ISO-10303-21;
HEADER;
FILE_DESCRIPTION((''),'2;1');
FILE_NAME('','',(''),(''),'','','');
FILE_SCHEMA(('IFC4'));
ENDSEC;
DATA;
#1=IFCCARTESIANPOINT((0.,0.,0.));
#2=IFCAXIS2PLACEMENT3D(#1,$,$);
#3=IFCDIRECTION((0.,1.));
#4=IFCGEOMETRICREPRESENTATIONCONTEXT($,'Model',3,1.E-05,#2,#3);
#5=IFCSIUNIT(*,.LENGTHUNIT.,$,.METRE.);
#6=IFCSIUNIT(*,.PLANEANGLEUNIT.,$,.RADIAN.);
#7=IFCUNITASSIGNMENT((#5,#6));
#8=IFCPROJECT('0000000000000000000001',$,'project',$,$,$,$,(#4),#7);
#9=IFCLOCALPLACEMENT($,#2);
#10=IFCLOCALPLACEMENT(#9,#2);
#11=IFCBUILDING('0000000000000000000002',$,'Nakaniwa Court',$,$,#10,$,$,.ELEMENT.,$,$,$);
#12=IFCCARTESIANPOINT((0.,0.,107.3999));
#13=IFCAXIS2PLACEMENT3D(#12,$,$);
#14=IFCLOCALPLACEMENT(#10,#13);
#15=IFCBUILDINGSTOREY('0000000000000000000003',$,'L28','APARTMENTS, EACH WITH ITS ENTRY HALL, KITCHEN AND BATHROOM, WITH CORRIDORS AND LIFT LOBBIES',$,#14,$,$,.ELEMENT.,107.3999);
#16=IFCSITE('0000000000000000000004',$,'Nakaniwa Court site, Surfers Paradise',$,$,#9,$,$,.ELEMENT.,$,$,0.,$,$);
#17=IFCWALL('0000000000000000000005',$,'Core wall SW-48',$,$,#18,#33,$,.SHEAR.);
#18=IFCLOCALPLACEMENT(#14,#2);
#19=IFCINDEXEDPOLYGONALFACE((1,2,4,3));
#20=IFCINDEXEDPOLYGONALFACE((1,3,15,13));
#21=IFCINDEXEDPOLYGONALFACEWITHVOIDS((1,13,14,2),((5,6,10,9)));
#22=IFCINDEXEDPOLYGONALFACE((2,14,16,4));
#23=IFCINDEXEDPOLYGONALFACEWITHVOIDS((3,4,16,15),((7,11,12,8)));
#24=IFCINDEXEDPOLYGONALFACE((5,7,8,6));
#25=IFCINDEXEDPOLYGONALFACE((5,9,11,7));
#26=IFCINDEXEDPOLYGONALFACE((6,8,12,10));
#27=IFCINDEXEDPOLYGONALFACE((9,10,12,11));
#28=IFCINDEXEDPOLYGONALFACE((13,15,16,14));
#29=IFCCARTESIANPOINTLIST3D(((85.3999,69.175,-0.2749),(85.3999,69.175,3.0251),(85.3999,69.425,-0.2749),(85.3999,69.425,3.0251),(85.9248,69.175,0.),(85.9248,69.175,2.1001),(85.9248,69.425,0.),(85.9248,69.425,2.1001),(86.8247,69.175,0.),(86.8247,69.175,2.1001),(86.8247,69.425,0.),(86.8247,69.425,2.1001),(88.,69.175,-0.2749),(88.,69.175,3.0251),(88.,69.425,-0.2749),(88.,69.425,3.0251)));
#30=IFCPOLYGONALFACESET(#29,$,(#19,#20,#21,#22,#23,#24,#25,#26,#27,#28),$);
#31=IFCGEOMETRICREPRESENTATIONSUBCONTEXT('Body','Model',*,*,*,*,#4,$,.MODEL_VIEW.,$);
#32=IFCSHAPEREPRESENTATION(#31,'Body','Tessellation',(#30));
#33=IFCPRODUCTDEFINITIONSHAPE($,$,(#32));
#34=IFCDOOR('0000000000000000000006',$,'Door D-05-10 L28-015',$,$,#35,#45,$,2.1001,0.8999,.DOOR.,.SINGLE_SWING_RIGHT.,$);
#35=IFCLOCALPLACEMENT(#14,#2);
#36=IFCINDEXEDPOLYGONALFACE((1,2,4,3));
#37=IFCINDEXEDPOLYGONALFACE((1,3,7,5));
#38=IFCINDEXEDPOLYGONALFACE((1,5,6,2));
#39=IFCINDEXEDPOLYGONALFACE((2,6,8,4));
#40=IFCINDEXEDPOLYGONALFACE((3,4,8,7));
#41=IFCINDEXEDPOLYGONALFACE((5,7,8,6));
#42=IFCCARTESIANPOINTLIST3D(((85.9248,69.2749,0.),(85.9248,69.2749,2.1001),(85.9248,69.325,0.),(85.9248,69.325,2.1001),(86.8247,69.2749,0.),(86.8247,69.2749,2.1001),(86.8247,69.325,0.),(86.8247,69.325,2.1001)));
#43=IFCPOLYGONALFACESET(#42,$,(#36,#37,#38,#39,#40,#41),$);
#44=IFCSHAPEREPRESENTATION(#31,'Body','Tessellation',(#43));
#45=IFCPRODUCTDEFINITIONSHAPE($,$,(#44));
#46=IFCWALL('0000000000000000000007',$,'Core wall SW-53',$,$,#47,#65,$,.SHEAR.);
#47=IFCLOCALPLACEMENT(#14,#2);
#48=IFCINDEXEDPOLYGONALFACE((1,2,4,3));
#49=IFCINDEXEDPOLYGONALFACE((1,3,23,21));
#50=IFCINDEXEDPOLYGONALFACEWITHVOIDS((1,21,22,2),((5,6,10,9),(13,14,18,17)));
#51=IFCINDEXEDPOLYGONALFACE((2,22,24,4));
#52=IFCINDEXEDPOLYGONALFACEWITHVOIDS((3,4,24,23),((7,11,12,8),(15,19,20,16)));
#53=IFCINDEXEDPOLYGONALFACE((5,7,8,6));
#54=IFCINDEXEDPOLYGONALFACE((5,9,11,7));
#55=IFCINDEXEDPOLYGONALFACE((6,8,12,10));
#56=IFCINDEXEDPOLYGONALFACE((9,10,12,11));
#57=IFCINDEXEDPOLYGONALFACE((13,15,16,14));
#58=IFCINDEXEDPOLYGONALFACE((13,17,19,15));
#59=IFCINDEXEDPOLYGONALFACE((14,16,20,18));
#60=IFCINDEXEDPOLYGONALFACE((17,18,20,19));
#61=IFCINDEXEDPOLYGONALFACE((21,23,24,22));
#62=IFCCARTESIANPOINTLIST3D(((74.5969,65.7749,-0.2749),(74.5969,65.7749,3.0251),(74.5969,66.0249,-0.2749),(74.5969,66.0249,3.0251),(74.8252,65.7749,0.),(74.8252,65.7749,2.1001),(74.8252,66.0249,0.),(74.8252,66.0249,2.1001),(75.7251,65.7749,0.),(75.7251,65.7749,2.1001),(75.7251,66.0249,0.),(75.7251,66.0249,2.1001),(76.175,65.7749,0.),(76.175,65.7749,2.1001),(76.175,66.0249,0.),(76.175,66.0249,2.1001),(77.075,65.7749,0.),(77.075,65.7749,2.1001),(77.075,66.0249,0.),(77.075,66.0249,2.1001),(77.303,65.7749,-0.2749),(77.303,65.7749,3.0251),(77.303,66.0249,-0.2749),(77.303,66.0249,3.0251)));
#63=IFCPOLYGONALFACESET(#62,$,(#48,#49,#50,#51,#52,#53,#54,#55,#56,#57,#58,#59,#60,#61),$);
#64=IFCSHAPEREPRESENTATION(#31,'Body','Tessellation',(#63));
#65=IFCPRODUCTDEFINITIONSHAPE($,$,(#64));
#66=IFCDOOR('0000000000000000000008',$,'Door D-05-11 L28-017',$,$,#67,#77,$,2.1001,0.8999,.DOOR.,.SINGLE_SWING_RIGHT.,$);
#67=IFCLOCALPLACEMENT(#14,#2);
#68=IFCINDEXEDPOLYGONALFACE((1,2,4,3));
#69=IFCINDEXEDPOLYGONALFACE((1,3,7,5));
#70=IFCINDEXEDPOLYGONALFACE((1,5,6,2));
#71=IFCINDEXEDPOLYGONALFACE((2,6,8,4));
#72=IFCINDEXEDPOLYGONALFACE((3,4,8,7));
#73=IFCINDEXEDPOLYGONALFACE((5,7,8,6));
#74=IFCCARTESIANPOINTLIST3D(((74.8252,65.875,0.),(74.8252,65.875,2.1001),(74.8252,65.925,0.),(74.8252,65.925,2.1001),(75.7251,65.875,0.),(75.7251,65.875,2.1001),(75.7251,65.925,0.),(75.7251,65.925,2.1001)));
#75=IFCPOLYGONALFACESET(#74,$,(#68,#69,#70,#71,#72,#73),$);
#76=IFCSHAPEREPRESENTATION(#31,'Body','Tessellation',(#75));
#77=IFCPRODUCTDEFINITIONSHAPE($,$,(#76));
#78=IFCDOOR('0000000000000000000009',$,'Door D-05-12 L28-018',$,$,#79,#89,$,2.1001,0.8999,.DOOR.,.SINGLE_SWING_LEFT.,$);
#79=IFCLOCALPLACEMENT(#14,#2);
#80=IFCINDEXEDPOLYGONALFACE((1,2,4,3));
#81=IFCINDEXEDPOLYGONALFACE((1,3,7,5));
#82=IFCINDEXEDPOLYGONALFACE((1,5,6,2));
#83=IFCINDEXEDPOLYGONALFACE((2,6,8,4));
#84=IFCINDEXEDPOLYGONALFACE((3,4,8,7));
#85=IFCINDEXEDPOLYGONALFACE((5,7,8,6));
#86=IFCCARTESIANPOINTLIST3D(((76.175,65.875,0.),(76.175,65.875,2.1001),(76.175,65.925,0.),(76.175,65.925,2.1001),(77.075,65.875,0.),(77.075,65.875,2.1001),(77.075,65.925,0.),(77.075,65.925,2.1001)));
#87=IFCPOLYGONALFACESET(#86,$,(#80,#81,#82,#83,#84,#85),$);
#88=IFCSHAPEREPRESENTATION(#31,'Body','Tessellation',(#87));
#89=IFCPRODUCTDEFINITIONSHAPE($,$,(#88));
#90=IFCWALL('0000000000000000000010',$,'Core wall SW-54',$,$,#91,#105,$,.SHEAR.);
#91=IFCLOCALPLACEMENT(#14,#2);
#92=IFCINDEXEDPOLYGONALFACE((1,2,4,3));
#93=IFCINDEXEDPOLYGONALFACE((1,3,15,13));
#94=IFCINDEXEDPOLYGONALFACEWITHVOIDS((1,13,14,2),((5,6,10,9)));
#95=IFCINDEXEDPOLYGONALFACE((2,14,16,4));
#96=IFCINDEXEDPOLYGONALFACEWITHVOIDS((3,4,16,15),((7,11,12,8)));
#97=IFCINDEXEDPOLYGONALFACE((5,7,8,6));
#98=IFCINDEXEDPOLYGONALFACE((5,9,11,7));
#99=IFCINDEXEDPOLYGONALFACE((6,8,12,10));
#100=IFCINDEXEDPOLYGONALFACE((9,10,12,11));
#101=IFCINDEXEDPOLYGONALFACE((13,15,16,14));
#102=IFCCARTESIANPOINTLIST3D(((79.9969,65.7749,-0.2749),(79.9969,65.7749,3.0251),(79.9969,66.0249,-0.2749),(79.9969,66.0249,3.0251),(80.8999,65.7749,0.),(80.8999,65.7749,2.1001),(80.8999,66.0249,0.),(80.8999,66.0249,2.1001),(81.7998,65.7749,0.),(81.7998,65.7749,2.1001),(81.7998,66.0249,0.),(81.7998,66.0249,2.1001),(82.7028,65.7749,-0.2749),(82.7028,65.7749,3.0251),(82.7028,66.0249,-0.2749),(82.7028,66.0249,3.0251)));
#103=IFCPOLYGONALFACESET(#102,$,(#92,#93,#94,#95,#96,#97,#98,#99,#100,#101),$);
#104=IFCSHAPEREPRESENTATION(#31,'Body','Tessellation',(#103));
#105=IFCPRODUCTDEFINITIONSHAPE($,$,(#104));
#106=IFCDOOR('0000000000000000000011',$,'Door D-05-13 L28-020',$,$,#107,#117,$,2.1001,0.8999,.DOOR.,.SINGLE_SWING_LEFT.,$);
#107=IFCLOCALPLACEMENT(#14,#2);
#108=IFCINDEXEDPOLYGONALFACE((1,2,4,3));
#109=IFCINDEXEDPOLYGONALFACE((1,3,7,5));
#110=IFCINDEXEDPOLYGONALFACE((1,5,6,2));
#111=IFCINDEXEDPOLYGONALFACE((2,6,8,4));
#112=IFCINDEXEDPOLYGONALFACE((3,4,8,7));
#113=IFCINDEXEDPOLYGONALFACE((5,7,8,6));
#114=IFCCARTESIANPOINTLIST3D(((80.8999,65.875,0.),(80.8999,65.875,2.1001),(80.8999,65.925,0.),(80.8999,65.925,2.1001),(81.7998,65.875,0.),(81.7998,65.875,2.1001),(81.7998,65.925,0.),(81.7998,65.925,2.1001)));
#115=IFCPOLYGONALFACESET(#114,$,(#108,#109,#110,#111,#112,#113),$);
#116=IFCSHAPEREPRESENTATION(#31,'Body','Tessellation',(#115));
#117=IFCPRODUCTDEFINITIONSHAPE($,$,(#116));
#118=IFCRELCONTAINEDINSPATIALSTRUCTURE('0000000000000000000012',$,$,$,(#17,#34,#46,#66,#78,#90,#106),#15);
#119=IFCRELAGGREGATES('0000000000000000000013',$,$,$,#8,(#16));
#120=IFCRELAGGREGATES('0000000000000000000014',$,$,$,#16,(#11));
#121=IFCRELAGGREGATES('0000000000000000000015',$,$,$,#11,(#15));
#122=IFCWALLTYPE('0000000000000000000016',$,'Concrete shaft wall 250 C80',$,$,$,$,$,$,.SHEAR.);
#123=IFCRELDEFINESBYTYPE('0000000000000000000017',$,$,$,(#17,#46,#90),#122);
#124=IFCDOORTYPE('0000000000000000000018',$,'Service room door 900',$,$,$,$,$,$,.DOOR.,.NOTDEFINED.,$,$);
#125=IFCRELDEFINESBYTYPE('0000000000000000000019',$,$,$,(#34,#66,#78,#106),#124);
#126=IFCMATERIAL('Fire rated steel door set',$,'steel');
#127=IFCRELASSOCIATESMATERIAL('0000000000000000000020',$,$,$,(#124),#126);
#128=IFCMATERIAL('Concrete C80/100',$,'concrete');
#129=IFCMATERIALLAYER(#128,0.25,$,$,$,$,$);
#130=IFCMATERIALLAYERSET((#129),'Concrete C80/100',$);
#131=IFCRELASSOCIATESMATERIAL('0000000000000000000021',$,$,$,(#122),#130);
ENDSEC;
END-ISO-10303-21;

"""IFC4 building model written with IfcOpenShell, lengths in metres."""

from ifc_helpers import new_model, si_unit, direction, frame, frame_2d, origin, place, context, subcontext, project, spatial, rectangle, extrude, material, layer, layer_set, type_object, element, fill, save


model = new_model("IFC4")

# Units and contexts
model_context = context("Model", 3, precision=1e-05, world=origin(), true_north=direction((0.0, 1.0)))
body_context = subcontext(model_context, "Body", "Model", "MODEL_VIEW")
ifc_project = project(units=[si_unit("LENGTHUNIT", "METRE"), si_unit("PLANEANGLEUNIT", "RADIAN")], contexts=[model_context])

# Site, building, storey
site_placement = place(None, origin())
site = spatial("IfcSite", under=ifc_project, at=site_placement, Name="Nakaniwa Court site, Surfers Paradise", CompositionType="ELEMENT", RefElevation=0.0)
building_placement = place(site_placement, origin())
building = spatial("IfcBuilding", under=site, at=building_placement, Name="Nakaniwa Court", CompositionType="ELEMENT")
storey_placement = place(building_placement, frame((0.0, 0.0, 107.3999)))
storey = spatial("IfcBuildingStorey", under=building, at=storey_placement, Name="L28", Description="APARTMENTS, EACH WITH ITS ENTRY HALL, KITCHEN AND BATHROOM, WITH CORRIDORS AND LIFT LOBBIES", CompositionType="ELEMENT", Elevation=107.3999)

# Shared definitions
ifc_material_1 = material(Name="Concrete C80/100", Category="concrete")

# Shared definitions
ifc_material_2 = material(Name="Fire rated steel door set", Category="steel")
door_type_1 = type_object("IfcDoorType", Name="Service room door 900", OperationType="NOTDEFINED", PredefinedType="DOOR", material=ifc_material_2)

# Shared definitions
ifc_layer_1 = layer(ifc_material_1, 0.25)
ifc_layer_set_1 = layer_set([ifc_layer_1], Name="Concrete C80/100")
wall_type_1 = type_object("IfcWallType", Name="Concrete shaft wall 250 C80", PredefinedType="SHEAR", material=ifc_layer_set_1)

# Wall, opening, door
wall_1_placement = place(storey_placement, frame((85.3999, 69.3, -0.2749), z_axis=(0.0, 0.0, 1.0), x_axis=(1.0, 0.0, 0.0)))
wall_1 = element("IfcWall", 1, at=wall_1_placement, inside=storey, type_object=wall_type_1, Name="Core wall SW-48", PredefinedType="SHEAR", context=body_context, shape_type="SweptSolid", body=[
    extrude(rectangle(XDim=2.6001, YDim=0.25, at=frame_2d((1.3, 0.0))), origin(), (0.0, 0.0, 1.0), 3.3),
])
opening_1_placement = place(wall_1_placement, frame((0.5249, 0.0, 0.2749)))
opening_1 = element("IfcOpeningElement", 2, at=opening_1_placement, cuts=wall_1, PredefinedType="OPENING", context=body_context, shape_type="SweptSolid", body=[
    extrude(rectangle(XDim=0.8999, YDim=2.1001, at=frame_2d((0.45, 1.05))), frame((0.0, 0.135, 0.0), z_axis=(0.0, -1.0, 0.0), x_axis=(1.0, 0.0, 0.0)), (0.0, 0.0, 1.0), 0.27),
])
door_1_placement = place(opening_1_placement, origin())
door_1 = element("IfcDoor", 3, at=door_1_placement, inside=storey, type_object=door_type_1, Name="Door D-05-10 L28-015", OperationType="SINGLE_SWING_RIGHT", OverallHeight=2.1001, OverallWidth=0.8999, PredefinedType="DOOR", context=body_context, shape_type="SweptSolid", body=[
    extrude(rectangle(XDim=0.8999, YDim=2.1001, at=frame_2d((0.45, 1.05))), frame((0.0, 0.0249, 0.0), z_axis=(0.0, -1.0, 0.0), x_axis=(1.0, 0.0, 0.0)), (0.0, 0.0, 1.0), 0.05),
])
fill(opening_1, door_1)

# Wall, openings, doors
wall_2_placement = place(storey_placement, frame((77.303, 65.8999, -0.2749), z_axis=(0.0, 0.0, 1.0), x_axis=(-1.0, 0.0, 0.0)))
wall_2 = element("IfcWall", 4, at=wall_2_placement, inside=storey, type_object=wall_type_1, Name="Core wall SW-53", PredefinedType="SHEAR", context=body_context, shape_type="SweptSolid", body=[
    extrude(rectangle(XDim=2.7061, YDim=0.25, at=frame_2d((1.353, 0.0))), origin(), (0.0, 0.0, 1.0), 3.3),
])
opening_2_placement = place(wall_2_placement, frame((1.5779, 0.0, 0.2749)))
opening_2 = element("IfcOpeningElement", 5, at=opening_2_placement, cuts=wall_2, PredefinedType="OPENING", context=body_context, shape_type="SweptSolid", body=[
    extrude(rectangle(XDim=0.8999, YDim=2.1001, at=frame_2d((0.45, 1.05))), frame((0.0, 0.135, 0.0), z_axis=(0.0, -1.0, 0.0), x_axis=(1.0, 0.0, 0.0)), (0.0, 0.0, 1.0), 0.27),
])
opening_3_placement = place(wall_2_placement, frame((0.228, 0.0, 0.2749)))
opening_3 = element("IfcOpeningElement", 6, at=opening_3_placement, cuts=wall_2, PredefinedType="OPENING", context=body_context, shape_type="SweptSolid", body=[
    extrude(rectangle(XDim=0.8999, YDim=2.1001, at=frame_2d((0.45, 1.05))), frame((0.0, 0.135, 0.0), z_axis=(0.0, -1.0, 0.0), x_axis=(1.0, 0.0, 0.0)), (0.0, 0.0, 1.0), 0.27),
])
door_2_placement = place(opening_2_placement, origin())
door_2 = element("IfcDoor", 7, at=door_2_placement, inside=storey, type_object=door_type_1, Name="Door D-05-11 L28-017", OperationType="SINGLE_SWING_RIGHT", OverallHeight=2.1001, OverallWidth=0.8999, PredefinedType="DOOR", context=body_context, shape_type="SweptSolid", body=[
    extrude(rectangle(XDim=0.8999, YDim=2.1001, at=frame_2d((0.45, 1.05))), frame((0.0, 0.0249, 0.0), z_axis=(0.0, -1.0, 0.0), x_axis=(1.0, 0.0, 0.0)), (0.0, 0.0, 1.0), 0.05),
])
fill(opening_2, door_2)
door_3_placement = place(opening_3_placement, origin())
door_3 = element("IfcDoor", 8, at=door_3_placement, inside=storey, type_object=door_type_1, Name="Door D-05-12 L28-018", OperationType="SINGLE_SWING_LEFT", OverallHeight=2.1001, OverallWidth=0.8999, PredefinedType="DOOR", context=body_context, shape_type="SweptSolid", body=[
    extrude(rectangle(XDim=0.8999, YDim=2.1001, at=frame_2d((0.45, 1.05))), frame((0.0, 0.0249, 0.0), z_axis=(0.0, -1.0, 0.0), x_axis=(1.0, 0.0, 0.0)), (0.0, 0.0, 1.0), 0.05),
])
fill(opening_3, door_3)

# Wall, opening, door
wall_3_placement = place(storey_placement, frame((82.7029, 65.8999, -0.2749), z_axis=(0.0, 0.0, 1.0), x_axis=(-1.0, 0.0, 0.0)))
wall_3 = element("IfcWall", 9, at=wall_3_placement, inside=storey, type_object=wall_type_1, Name="Core wall SW-54", PredefinedType="SHEAR", context=body_context, shape_type="SweptSolid", body=[
    extrude(rectangle(XDim=2.7058, YDim=0.25, at=frame_2d((1.353, 0.0))), origin(), (0.0, 0.0, 1.0), 3.3),
])
opening_4_placement = place(wall_3_placement, frame((0.9031, 0.0, 0.2749)))
opening_4 = element("IfcOpeningElement", 10, at=opening_4_placement, cuts=wall_3, PredefinedType="OPENING", context=body_context, shape_type="SweptSolid", body=[
    extrude(rectangle(XDim=0.8999, YDim=2.1001, at=frame_2d((0.45, 1.05))), frame((0.0, 0.135, 0.0), z_axis=(0.0, -1.0, 0.0), x_axis=(1.0, 0.0, 0.0)), (0.0, 0.0, 1.0), 0.27),
])
door_4_placement = place(opening_4_placement, origin())
door_4 = element("IfcDoor", 11, at=door_4_placement, inside=storey, type_object=door_type_1, Name="Door D-05-13 L28-020", OperationType="SINGLE_SWING_LEFT", OverallHeight=2.1001, OverallWidth=0.8999, PredefinedType="DOOR", context=body_context, shape_type="SweptSolid", body=[
    extrude(rectangle(XDim=0.8999, YDim=2.1001, at=frame_2d((0.45, 1.05))), frame((0.0, 0.0249, 0.0), z_axis=(0.0, -1.0, 0.0), x_axis=(1.0, 0.0, 0.0)), (0.0, 0.0, 1.0), 0.05),
])
fill(opening_4, door_4)

save(model, "model.ifc")
